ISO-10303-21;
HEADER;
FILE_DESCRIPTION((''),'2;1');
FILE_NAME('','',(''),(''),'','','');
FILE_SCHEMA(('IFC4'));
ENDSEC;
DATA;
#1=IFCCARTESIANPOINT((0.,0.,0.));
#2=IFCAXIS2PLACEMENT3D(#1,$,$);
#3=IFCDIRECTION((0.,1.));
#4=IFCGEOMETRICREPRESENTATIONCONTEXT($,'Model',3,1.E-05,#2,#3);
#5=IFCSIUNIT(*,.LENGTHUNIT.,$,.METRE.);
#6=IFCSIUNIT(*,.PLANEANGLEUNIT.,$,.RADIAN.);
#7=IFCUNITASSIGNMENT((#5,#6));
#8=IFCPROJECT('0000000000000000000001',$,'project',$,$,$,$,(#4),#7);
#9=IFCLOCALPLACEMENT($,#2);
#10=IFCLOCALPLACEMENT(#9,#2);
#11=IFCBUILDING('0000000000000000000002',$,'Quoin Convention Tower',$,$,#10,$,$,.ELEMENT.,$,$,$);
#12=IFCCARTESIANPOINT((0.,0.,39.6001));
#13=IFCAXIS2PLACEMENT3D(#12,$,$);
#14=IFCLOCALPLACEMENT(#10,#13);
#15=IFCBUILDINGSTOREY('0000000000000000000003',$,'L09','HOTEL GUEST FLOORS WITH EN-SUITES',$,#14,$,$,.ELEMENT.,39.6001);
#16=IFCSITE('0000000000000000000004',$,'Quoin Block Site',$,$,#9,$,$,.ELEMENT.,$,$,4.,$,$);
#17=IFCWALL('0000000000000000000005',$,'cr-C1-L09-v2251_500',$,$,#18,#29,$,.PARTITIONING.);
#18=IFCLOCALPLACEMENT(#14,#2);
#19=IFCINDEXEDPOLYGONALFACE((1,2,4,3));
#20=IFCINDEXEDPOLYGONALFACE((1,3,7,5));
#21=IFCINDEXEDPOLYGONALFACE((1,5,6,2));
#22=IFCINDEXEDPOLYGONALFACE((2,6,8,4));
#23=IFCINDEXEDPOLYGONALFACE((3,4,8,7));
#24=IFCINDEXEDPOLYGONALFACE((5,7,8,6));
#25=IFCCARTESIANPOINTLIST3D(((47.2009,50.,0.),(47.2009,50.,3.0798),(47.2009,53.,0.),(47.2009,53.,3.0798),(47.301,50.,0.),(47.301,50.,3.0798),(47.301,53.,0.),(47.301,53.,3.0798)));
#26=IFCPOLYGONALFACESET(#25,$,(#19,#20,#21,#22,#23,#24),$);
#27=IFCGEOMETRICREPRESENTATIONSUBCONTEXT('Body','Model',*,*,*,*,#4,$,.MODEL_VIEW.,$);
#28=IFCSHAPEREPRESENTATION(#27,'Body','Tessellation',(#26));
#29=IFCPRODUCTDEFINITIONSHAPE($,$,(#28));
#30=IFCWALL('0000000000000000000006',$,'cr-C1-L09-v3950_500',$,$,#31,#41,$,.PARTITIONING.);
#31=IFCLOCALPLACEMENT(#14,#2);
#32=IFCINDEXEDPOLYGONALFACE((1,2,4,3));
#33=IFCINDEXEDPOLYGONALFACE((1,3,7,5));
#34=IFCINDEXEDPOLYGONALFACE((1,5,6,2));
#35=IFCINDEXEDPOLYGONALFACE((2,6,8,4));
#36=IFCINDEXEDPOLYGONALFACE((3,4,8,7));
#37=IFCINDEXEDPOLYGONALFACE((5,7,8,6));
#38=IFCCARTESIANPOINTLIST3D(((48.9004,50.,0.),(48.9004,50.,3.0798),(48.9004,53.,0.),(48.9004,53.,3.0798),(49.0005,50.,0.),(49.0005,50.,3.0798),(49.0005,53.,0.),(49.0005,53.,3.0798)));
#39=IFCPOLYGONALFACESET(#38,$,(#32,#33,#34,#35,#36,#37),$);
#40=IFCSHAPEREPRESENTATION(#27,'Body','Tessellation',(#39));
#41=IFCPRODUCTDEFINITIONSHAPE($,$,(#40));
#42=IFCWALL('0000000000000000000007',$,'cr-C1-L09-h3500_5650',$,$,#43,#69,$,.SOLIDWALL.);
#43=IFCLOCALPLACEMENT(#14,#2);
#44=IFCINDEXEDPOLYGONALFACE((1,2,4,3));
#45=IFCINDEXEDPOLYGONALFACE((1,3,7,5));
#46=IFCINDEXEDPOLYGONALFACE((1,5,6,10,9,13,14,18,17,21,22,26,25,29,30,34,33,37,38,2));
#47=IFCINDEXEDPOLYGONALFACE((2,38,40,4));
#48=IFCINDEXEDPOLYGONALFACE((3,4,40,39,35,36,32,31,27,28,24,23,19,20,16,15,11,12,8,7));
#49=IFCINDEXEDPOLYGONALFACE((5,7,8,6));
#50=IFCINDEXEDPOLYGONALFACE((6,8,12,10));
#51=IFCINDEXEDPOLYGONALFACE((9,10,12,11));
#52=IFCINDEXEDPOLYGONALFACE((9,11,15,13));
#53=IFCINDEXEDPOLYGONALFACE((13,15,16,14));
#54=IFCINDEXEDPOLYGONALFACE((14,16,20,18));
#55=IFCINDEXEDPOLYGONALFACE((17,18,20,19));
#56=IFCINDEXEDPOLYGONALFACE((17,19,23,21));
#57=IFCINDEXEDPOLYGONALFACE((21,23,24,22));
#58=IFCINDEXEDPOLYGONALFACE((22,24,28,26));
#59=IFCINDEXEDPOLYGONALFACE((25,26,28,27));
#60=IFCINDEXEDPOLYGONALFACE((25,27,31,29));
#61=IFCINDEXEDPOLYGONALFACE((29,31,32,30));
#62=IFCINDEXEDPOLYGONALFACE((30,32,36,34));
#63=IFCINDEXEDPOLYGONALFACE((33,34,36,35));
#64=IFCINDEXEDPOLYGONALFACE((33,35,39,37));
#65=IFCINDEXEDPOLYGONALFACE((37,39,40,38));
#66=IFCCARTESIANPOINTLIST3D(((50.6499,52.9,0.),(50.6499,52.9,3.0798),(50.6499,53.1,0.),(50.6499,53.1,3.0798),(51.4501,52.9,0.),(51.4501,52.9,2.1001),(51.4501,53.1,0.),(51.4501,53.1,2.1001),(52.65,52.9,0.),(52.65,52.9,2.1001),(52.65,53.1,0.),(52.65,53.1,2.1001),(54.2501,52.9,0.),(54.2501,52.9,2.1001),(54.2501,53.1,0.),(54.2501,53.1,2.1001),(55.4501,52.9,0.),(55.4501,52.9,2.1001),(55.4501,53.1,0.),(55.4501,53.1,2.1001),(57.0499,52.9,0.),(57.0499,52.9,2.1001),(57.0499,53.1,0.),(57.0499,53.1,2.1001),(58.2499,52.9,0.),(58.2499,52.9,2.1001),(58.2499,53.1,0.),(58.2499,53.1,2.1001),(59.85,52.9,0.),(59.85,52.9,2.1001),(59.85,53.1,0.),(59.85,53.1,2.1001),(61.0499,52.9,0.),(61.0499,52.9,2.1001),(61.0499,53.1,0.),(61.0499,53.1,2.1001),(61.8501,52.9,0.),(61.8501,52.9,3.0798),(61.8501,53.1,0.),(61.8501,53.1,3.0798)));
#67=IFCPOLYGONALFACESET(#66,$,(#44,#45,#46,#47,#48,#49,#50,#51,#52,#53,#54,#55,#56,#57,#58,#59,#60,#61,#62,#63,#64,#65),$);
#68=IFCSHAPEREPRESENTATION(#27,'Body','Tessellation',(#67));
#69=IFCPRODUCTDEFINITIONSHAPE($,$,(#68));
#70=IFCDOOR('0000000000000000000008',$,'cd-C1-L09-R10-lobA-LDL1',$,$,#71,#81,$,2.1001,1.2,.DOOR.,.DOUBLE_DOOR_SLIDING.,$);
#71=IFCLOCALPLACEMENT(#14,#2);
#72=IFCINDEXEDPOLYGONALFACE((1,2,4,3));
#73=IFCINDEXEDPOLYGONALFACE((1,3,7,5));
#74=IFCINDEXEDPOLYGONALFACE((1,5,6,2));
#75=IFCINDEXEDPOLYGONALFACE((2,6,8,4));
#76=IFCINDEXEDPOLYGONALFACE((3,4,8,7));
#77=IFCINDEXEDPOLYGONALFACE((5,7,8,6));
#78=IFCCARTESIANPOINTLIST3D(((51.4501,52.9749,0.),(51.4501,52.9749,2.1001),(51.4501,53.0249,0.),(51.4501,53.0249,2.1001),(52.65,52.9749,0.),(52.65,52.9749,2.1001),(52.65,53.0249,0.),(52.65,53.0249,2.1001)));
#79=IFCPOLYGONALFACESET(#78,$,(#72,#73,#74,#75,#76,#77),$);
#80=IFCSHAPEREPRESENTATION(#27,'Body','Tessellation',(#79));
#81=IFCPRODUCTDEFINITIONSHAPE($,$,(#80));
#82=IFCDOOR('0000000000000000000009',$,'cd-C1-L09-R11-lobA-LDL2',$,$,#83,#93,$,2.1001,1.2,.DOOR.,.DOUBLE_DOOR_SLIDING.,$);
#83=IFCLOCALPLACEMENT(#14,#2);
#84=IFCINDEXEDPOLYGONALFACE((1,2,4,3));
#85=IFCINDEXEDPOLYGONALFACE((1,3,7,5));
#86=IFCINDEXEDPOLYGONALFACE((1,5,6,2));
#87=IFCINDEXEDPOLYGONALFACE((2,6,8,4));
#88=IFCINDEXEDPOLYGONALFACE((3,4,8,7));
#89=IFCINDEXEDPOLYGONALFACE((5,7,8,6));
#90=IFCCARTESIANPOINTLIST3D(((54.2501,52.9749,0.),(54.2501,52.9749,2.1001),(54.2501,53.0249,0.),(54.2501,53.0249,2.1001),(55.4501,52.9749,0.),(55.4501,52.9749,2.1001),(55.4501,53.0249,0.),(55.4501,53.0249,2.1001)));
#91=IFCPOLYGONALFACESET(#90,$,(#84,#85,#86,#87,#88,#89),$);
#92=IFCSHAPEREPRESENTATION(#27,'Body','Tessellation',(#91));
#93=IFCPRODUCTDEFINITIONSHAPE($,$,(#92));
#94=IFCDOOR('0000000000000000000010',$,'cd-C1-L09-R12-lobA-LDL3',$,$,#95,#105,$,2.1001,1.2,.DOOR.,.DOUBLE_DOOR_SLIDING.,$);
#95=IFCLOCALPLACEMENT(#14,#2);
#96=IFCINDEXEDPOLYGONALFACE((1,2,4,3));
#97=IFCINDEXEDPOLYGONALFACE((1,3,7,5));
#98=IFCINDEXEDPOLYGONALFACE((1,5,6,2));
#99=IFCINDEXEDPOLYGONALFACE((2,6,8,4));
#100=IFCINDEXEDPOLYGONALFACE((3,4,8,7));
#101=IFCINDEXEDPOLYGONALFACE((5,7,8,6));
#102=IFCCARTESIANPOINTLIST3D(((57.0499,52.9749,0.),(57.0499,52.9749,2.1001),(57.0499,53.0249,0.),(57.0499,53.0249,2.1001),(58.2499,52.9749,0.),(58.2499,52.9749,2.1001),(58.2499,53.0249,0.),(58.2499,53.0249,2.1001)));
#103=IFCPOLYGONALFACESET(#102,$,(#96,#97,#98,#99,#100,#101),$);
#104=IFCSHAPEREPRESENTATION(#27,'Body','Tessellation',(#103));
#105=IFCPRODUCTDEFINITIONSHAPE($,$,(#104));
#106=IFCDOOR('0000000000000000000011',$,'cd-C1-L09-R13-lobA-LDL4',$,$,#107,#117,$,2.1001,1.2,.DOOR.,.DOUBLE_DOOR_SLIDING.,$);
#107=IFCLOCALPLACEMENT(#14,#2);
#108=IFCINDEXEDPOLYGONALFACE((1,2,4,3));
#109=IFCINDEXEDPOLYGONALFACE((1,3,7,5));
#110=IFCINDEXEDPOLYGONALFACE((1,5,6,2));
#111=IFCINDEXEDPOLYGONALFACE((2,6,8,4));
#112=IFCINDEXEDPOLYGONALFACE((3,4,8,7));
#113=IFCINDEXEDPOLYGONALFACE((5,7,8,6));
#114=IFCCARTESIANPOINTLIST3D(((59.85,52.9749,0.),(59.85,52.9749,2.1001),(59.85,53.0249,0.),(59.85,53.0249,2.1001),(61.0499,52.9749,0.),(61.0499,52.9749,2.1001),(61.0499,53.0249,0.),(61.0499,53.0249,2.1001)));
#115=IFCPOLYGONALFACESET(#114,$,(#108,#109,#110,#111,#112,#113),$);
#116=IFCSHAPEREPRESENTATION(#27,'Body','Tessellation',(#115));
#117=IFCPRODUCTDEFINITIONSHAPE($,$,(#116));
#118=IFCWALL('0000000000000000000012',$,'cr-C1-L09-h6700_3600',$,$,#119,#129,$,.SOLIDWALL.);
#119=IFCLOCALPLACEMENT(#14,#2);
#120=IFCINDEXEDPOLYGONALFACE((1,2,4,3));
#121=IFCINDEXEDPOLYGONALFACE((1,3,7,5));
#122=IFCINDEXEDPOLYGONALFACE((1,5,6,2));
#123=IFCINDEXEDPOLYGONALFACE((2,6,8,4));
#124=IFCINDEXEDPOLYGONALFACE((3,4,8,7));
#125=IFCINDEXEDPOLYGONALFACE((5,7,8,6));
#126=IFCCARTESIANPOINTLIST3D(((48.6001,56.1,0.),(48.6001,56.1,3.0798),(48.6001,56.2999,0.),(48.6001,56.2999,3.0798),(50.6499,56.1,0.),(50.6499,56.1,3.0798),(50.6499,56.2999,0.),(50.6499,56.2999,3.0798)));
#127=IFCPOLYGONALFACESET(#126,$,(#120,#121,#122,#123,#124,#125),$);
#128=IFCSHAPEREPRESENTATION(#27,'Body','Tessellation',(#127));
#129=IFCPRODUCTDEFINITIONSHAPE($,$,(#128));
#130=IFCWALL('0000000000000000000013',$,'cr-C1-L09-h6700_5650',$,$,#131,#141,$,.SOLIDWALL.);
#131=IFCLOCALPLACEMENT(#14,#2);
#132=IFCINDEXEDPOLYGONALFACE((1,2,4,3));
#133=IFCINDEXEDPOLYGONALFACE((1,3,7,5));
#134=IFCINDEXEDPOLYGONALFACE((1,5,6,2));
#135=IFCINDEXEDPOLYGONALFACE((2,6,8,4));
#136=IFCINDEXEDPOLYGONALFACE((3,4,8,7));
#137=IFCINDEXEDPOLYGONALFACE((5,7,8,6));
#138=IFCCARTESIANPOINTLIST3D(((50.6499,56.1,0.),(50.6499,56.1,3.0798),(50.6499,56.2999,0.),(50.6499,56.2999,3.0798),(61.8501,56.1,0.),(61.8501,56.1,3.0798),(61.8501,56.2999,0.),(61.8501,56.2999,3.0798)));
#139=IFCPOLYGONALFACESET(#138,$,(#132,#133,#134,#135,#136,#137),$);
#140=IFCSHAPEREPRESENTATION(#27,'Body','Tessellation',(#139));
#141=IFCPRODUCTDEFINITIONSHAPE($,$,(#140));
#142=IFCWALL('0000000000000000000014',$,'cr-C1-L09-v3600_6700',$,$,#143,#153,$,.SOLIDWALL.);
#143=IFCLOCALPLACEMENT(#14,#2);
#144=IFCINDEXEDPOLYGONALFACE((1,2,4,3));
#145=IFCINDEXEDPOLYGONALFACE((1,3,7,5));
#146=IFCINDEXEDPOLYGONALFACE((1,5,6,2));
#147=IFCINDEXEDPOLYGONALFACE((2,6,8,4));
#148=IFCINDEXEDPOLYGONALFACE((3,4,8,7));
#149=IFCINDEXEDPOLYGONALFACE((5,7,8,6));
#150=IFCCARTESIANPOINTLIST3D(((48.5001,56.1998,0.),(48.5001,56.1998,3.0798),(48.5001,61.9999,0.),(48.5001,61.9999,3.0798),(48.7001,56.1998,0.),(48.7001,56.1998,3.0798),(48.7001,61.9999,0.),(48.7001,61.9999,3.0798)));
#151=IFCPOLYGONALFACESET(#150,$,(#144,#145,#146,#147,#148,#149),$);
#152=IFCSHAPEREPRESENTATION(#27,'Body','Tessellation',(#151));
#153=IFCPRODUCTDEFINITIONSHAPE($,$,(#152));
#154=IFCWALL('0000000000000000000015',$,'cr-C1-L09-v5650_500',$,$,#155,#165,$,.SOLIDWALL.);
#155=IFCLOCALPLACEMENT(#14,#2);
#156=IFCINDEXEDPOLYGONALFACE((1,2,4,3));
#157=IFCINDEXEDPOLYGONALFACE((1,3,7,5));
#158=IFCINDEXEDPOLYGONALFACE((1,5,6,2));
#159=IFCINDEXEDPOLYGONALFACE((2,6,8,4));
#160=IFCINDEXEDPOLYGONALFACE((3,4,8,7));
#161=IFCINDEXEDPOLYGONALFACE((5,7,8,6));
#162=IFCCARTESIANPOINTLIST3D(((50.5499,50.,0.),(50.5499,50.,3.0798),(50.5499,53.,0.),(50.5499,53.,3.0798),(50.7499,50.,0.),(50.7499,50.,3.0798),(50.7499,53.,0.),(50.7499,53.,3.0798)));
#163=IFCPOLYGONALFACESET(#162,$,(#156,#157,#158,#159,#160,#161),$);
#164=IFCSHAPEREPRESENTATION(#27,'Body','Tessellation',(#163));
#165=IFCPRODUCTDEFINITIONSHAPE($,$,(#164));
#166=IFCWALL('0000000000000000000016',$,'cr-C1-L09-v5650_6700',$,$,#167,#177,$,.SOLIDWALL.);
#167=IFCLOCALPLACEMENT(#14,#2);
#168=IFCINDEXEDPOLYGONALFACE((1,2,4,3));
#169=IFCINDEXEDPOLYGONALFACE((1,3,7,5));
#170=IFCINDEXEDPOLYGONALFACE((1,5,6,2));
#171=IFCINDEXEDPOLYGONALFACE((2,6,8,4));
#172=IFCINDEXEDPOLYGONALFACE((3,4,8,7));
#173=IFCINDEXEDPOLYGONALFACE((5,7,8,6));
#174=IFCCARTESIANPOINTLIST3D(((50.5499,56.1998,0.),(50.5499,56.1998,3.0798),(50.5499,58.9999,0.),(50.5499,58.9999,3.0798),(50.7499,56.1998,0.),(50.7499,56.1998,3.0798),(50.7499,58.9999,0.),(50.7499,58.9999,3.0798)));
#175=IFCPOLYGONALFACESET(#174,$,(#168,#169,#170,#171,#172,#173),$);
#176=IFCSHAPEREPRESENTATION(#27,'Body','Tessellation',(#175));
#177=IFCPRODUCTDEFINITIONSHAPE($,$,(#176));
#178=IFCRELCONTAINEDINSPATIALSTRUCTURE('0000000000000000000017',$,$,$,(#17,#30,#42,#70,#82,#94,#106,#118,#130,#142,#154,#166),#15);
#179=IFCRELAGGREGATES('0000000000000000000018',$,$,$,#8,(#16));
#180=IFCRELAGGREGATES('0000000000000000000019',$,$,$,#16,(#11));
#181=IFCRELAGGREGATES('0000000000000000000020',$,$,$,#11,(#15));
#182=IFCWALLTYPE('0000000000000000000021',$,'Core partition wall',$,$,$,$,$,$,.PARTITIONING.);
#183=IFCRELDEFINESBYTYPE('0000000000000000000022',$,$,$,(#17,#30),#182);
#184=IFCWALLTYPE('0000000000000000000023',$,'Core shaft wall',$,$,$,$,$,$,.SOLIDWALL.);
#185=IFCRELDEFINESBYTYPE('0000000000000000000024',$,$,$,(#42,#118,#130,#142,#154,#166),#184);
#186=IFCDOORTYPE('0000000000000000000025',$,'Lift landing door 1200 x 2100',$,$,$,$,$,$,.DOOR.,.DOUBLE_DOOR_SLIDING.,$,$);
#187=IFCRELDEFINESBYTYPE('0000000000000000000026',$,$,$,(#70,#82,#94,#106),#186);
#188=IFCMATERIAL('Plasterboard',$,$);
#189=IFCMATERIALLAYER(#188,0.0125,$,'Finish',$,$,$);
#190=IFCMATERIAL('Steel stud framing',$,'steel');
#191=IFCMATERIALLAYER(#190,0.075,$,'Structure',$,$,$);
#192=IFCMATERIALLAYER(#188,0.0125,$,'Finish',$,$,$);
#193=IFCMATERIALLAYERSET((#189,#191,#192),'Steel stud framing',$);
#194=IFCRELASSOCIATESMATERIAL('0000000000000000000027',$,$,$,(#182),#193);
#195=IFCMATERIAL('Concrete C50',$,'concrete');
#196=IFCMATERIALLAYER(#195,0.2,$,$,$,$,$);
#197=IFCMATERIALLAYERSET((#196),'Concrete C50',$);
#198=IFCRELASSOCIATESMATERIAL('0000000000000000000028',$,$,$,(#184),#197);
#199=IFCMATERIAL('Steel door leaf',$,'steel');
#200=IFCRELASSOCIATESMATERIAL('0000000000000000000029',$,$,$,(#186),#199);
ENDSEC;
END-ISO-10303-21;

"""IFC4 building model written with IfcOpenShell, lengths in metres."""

from ifc_helpers import new_model, si_unit, direction, frame, frame_2d, origin, place, context, subcontext, project, spatial, rectangle, extrude, material, layer, layer_set, type_object, element, fill, save


model = new_model("IFC4")

# Units and contexts
model_context = context("Model", 3, precision=1e-05, world=origin(), true_north=direction((0.0, 1.0)))
body_context = subcontext(model_context, "Body", "Model", "MODEL_VIEW")
ifc_project = project(units=[si_unit("LENGTHUNIT", "METRE"), si_unit("PLANEANGLEUNIT", "RADIAN")], contexts=[model_context])

# Site, building, storey
site_placement = place(None, origin())
site = spatial("IfcSite", under=ifc_project, at=site_placement, Name="Quoin Block Site", CompositionType="ELEMENT", RefElevation=4.0)
building_placement = place(site_placement, origin())
building = spatial("IfcBuilding", under=site, at=building_placement, Name="Quoin Convention Tower", CompositionType="ELEMENT")
storey_placement = place(building_placement, frame((0.0, 0.0, 39.6001)))
storey = spatial("IfcBuildingStorey", under=building, at=storey_placement, Name="L09", Description="HOTEL GUEST FLOORS WITH EN-SUITES", CompositionType="ELEMENT", Elevation=39.6001)

# Walls
ifc_material_1 = material(Name="Plasterboard")
ifc_layer_1 = layer(ifc_material_1, 0.0125, Name="Finish")
ifc_material_2 = material(Name="Steel stud framing", Category="steel")
ifc_layer_2 = layer(ifc_material_2, 0.075, Name="Structure")
ifc_layer_3 = layer(ifc_material_1, 0.0125, Name="Finish")
ifc_layer_set_1 = layer_set([ifc_layer_1, ifc_layer_2, ifc_layer_3], Name="Steel stud framing")
wall_type_1 = type_object("IfcWallType", Name="Core partition wall", PredefinedType="PARTITIONING", material=ifc_layer_set_1)
for number, where, z_axis, x_axis, name in (
    (1, (47.251, 50.0, 0.0), (0.0, 0.0, 1.0), (0.0, 1.0, 0.0), "cr-C1-L09-v2251_500"),
    (2, (48.9504, 50.0, 0.0), (0.0, 0.0, 1.0), (0.0, 1.0, 0.0), "cr-C1-L09-v3950_500"),
):
    element("IfcWall", number, at=place(storey_placement, frame(where, z_axis=z_axis, x_axis=x_axis)), inside=storey, type_object=wall_type_1, Name=name, PredefinedType="PARTITIONING", context=body_context, shape_type="SweptSolid", body=[
        extrude(rectangle(XDim=3.0, YDim=0.1001, at=frame_2d((1.5, 0.0))), origin(), (0.0, 0.0, 1.0), 3.0798),
    ])

# Wall, openings, doors
ifc_material_3 = material(Name="Concrete C50", Category="concrete")
ifc_layer_4 = layer(ifc_material_3, 0.2)
ifc_layer_set_2 = layer_set([ifc_layer_4], Name="Concrete C50")
wall_type_2 = type_object("IfcWallType", Name="Core shaft wall", PredefinedType="SOLIDWALL", material=ifc_layer_set_2)
wall_1_placement = place(storey_placement, frame((50.6499, 53.0, 0.0), z_axis=(0.0, 0.0, 1.0), x_axis=(1.0, 0.0, 0.0)))
wall_1 = element("IfcWall", 3, at=wall_1_placement, inside=storey, type_object=wall_type_2, Name="cr-C1-L09-h3500_5650", PredefinedType="SOLIDWALL", context=body_context, shape_type="SweptSolid", body=[
    extrude(rectangle(XDim=11.2002, YDim=0.2, at=frame_2d((5.6001, 0.0))), origin(), (0.0, 0.0, 1.0), 3.0798),
])
opening_1_placement = place(wall_1_placement, frame((0.8, 0.0, 0.0)))
opening_1 = element("IfcOpeningElement", 4, at=opening_1_placement, cuts=wall_1, PredefinedType="OPENING", context=body_context, shape_type="SweptSolid", body=[
    extrude(rectangle(XDim=1.2, YDim=2.1001, at=frame_2d((0.6001, 1.05))), frame((0.0, 0.1099, 0.0), z_axis=(0.0, -1.0, 0.0), x_axis=(1.0, 0.0, 0.0)), (0.0, 0.0, 1.0), 0.22),
])
opening_2_placement = place(wall_1_placement, frame((3.6001, 0.0, 0.0)))
opening_2 = element("IfcOpeningElement", 5, at=opening_2_placement, cuts=wall_1, PredefinedType="OPENING", context=body_context, shape_type="SweptSolid", body=[
    extrude(rectangle(XDim=1.2, YDim=2.1001, at=frame_2d((0.6001, 1.05))), frame((0.0, 0.1099, 0.0), z_axis=(0.0, -1.0, 0.0), x_axis=(1.0, 0.0, 0.0)), (0.0, 0.0, 1.0), 0.22),
])
opening_3_placement = place(wall_1_placement, frame((6.3999, 0.0, 0.0)))
opening_3 = element("IfcOpeningElement", 6, at=opening_3_placement, cuts=wall_1, PredefinedType="OPENING", context=body_context, shape_type="SweptSolid", body=[
    extrude(rectangle(XDim=1.2, YDim=2.1001, at=frame_2d((0.6001, 1.05))), frame((0.0, 0.1099, 0.0), z_axis=(0.0, -1.0, 0.0), x_axis=(1.0, 0.0, 0.0)), (0.0, 0.0, 1.0), 0.22),
])
opening_4_placement = place(wall_1_placement, frame((9.2, 0.0, 0.0)))
opening_4 = element("IfcOpeningElement", 7, at=opening_4_placement, cuts=wall_1, PredefinedType="OPENING", context=body_context, shape_type="SweptSolid", body=[
    extrude(rectangle(XDim=1.2, YDim=2.1001, at=frame_2d((0.6001, 1.05))), frame((0.0, 0.1099, 0.0), z_axis=(0.0, -1.0, 0.0), x_axis=(1.0, 0.0, 0.0)), (0.0, 0.0, 1.0), 0.22),
])
ifc_material_4 = material(Name="Steel door leaf", Category="steel")
door_type_1 = type_object("IfcDoorType", Name="Lift landing door 1200 x 2100", OperationType="DOUBLE_DOOR_SLIDING", PredefinedType="DOOR", material=ifc_material_4)
door_1_placement = place(opening_1_placement, origin())
door_1 = element("IfcDoor", 8, at=door_1_placement, inside=storey, type_object=door_type_1, Name="cd-C1-L09-R10-lobA-LDL1", OperationType="DOUBLE_DOOR_SLIDING", OverallHeight=2.1001, OverallWidth=1.2, PredefinedType="DOOR", context=body_context, shape_type="SweptSolid", body=[
    extrude(rectangle(XDim=1.2, YDim=2.1001, at=frame_2d((0.6001, 1.05))), frame((0.0, 0.0249, 0.0), z_axis=(0.0, -1.0, 0.0), x_axis=(1.0, 0.0, 0.0)), (0.0, 0.0, 1.0), 0.05),
])
fill(opening_1, door_1)
door_2_placement = place(opening_2_placement, origin())
door_2 = element("IfcDoor", 9, at=door_2_placement, inside=storey, type_object=door_type_1, Name="cd-C1-L09-R11-lobA-LDL2", OperationType="DOUBLE_DOOR_SLIDING", OverallHeight=2.1001, OverallWidth=1.2, PredefinedType="DOOR", context=body_context, shape_type="SweptSolid", body=[
    extrude(rectangle(XDim=1.2, YDim=2.1001, at=frame_2d((0.6001, 1.05))), frame((0.0, 0.0249, 0.0), z_axis=(0.0, -1.0, 0.0), x_axis=(1.0, 0.0, 0.0)), (0.0, 0.0, 1.0), 0.05),
])
fill(opening_2, door_2)
door_3_placement = place(opening_3_placement, origin())
door_3 = element("IfcDoor", 10, at=door_3_placement, inside=storey, type_object=door_type_1, Name="cd-C1-L09-R12-lobA-LDL3", OperationType="DOUBLE_DOOR_SLIDING", OverallHeight=2.1001, OverallWidth=1.2, PredefinedType="DOOR", context=body_context, shape_type="SweptSolid", body=[
    extrude(rectangle(XDim=1.2, YDim=2.1001, at=frame_2d((0.6001, 1.05))), frame((0.0, 0.0249, 0.0), z_axis=(0.0, -1.0, 0.0), x_axis=(1.0, 0.0, 0.0)), (0.0, 0.0, 1.0), 0.05),
])
fill(opening_3, door_3)
door_4_placement = place(opening_4_placement, origin())
door_4 = element("IfcDoor", 11, at=door_4_placement, inside=storey, type_object=door_type_1, Name="cd-C1-L09-R13-lobA-LDL4", OperationType="DOUBLE_DOOR_SLIDING", OverallHeight=2.1001, OverallWidth=1.2, PredefinedType="DOOR", context=body_context, shape_type="SweptSolid", body=[
    extrude(rectangle(XDim=1.2, YDim=2.1001, at=frame_2d((0.6001, 1.05))), frame((0.0, 0.0249, 0.0), z_axis=(0.0, -1.0, 0.0), x_axis=(1.0, 0.0, 0.0)), (0.0, 0.0, 1.0), 0.05),
])
fill(opening_4, door_4)

# Walls
wall_2_placement = place(storey_placement, frame((48.6001, 56.2, 0.0), z_axis=(0.0, 0.0, 1.0), x_axis=(1.0, 0.0, 0.0)))
element("IfcWall", 12, at=wall_2_placement, inside=storey, type_object=wall_type_2, Name="cr-C1-L09-h6700_3600", PredefinedType="SOLIDWALL", context=body_context, shape_type="SweptSolid", body=[
    extrude(rectangle(XDim=2.0498, YDim=0.2, at=frame_2d((1.0249, 0.0))), origin(), (0.0, 0.0, 1.0), 3.0798),
])
wall_3_placement = place(storey_placement, frame((50.6499, 56.2, 0.0), z_axis=(0.0, 0.0, 1.0), x_axis=(1.0, 0.0, 0.0)))
element("IfcWall", 13, at=wall_3_placement, inside=storey, type_object=wall_type_2, Name="cr-C1-L09-h6700_5650", PredefinedType="SOLIDWALL", context=body_context, shape_type="SweptSolid", body=[
    extrude(rectangle(XDim=11.2002, YDim=0.2, at=frame_2d((5.6001, 0.0))), origin(), (0.0, 0.0, 1.0), 3.0798),
])
wall_4_placement = place(storey_placement, frame((48.6001, 56.2, 0.0), z_axis=(0.0, 0.0, 1.0), x_axis=(0.0, 1.0, 0.0)))
element("IfcWall", 14, at=wall_4_placement, inside=storey, type_object=wall_type_2, Name="cr-C1-L09-v3600_6700", PredefinedType="SOLIDWALL", context=body_context, shape_type="SweptSolid", body=[
    extrude(rectangle(XDim=5.8, YDim=0.2, at=frame_2d((2.8999, 0.0))), origin(), (0.0, 0.0, 1.0), 3.0798),
])
wall_5_placement = place(storey_placement, frame((50.6499, 50.0, 0.0), z_axis=(0.0, 0.0, 1.0), x_axis=(0.0, 1.0, 0.0)))
element("IfcWall", 15, at=wall_5_placement, inside=storey, type_object=wall_type_2, Name="cr-C1-L09-v5650_500", PredefinedType="SOLIDWALL", context=body_context, shape_type="SweptSolid", body=[
    extrude(rectangle(XDim=3.0, YDim=0.2, at=frame_2d((1.5, 0.0))), origin(), (0.0, 0.0, 1.0), 3.0798),
])
wall_6_placement = place(storey_placement, frame((50.6499, 56.2, 0.0), z_axis=(0.0, 0.0, 1.0), x_axis=(0.0, 1.0, 0.0)))
element("IfcWall", 16, at=wall_6_placement, inside=storey, type_object=wall_type_2, Name="cr-C1-L09-v5650_6700", PredefinedType="SOLIDWALL", context=body_context, shape_type="SweptSolid", body=[
    extrude(rectangle(XDim=2.8, YDim=0.2, at=frame_2d((1.3999, 0.0))), origin(), (0.0, 0.0, 1.0), 3.0798),
])

save(model, "model.ifc")
